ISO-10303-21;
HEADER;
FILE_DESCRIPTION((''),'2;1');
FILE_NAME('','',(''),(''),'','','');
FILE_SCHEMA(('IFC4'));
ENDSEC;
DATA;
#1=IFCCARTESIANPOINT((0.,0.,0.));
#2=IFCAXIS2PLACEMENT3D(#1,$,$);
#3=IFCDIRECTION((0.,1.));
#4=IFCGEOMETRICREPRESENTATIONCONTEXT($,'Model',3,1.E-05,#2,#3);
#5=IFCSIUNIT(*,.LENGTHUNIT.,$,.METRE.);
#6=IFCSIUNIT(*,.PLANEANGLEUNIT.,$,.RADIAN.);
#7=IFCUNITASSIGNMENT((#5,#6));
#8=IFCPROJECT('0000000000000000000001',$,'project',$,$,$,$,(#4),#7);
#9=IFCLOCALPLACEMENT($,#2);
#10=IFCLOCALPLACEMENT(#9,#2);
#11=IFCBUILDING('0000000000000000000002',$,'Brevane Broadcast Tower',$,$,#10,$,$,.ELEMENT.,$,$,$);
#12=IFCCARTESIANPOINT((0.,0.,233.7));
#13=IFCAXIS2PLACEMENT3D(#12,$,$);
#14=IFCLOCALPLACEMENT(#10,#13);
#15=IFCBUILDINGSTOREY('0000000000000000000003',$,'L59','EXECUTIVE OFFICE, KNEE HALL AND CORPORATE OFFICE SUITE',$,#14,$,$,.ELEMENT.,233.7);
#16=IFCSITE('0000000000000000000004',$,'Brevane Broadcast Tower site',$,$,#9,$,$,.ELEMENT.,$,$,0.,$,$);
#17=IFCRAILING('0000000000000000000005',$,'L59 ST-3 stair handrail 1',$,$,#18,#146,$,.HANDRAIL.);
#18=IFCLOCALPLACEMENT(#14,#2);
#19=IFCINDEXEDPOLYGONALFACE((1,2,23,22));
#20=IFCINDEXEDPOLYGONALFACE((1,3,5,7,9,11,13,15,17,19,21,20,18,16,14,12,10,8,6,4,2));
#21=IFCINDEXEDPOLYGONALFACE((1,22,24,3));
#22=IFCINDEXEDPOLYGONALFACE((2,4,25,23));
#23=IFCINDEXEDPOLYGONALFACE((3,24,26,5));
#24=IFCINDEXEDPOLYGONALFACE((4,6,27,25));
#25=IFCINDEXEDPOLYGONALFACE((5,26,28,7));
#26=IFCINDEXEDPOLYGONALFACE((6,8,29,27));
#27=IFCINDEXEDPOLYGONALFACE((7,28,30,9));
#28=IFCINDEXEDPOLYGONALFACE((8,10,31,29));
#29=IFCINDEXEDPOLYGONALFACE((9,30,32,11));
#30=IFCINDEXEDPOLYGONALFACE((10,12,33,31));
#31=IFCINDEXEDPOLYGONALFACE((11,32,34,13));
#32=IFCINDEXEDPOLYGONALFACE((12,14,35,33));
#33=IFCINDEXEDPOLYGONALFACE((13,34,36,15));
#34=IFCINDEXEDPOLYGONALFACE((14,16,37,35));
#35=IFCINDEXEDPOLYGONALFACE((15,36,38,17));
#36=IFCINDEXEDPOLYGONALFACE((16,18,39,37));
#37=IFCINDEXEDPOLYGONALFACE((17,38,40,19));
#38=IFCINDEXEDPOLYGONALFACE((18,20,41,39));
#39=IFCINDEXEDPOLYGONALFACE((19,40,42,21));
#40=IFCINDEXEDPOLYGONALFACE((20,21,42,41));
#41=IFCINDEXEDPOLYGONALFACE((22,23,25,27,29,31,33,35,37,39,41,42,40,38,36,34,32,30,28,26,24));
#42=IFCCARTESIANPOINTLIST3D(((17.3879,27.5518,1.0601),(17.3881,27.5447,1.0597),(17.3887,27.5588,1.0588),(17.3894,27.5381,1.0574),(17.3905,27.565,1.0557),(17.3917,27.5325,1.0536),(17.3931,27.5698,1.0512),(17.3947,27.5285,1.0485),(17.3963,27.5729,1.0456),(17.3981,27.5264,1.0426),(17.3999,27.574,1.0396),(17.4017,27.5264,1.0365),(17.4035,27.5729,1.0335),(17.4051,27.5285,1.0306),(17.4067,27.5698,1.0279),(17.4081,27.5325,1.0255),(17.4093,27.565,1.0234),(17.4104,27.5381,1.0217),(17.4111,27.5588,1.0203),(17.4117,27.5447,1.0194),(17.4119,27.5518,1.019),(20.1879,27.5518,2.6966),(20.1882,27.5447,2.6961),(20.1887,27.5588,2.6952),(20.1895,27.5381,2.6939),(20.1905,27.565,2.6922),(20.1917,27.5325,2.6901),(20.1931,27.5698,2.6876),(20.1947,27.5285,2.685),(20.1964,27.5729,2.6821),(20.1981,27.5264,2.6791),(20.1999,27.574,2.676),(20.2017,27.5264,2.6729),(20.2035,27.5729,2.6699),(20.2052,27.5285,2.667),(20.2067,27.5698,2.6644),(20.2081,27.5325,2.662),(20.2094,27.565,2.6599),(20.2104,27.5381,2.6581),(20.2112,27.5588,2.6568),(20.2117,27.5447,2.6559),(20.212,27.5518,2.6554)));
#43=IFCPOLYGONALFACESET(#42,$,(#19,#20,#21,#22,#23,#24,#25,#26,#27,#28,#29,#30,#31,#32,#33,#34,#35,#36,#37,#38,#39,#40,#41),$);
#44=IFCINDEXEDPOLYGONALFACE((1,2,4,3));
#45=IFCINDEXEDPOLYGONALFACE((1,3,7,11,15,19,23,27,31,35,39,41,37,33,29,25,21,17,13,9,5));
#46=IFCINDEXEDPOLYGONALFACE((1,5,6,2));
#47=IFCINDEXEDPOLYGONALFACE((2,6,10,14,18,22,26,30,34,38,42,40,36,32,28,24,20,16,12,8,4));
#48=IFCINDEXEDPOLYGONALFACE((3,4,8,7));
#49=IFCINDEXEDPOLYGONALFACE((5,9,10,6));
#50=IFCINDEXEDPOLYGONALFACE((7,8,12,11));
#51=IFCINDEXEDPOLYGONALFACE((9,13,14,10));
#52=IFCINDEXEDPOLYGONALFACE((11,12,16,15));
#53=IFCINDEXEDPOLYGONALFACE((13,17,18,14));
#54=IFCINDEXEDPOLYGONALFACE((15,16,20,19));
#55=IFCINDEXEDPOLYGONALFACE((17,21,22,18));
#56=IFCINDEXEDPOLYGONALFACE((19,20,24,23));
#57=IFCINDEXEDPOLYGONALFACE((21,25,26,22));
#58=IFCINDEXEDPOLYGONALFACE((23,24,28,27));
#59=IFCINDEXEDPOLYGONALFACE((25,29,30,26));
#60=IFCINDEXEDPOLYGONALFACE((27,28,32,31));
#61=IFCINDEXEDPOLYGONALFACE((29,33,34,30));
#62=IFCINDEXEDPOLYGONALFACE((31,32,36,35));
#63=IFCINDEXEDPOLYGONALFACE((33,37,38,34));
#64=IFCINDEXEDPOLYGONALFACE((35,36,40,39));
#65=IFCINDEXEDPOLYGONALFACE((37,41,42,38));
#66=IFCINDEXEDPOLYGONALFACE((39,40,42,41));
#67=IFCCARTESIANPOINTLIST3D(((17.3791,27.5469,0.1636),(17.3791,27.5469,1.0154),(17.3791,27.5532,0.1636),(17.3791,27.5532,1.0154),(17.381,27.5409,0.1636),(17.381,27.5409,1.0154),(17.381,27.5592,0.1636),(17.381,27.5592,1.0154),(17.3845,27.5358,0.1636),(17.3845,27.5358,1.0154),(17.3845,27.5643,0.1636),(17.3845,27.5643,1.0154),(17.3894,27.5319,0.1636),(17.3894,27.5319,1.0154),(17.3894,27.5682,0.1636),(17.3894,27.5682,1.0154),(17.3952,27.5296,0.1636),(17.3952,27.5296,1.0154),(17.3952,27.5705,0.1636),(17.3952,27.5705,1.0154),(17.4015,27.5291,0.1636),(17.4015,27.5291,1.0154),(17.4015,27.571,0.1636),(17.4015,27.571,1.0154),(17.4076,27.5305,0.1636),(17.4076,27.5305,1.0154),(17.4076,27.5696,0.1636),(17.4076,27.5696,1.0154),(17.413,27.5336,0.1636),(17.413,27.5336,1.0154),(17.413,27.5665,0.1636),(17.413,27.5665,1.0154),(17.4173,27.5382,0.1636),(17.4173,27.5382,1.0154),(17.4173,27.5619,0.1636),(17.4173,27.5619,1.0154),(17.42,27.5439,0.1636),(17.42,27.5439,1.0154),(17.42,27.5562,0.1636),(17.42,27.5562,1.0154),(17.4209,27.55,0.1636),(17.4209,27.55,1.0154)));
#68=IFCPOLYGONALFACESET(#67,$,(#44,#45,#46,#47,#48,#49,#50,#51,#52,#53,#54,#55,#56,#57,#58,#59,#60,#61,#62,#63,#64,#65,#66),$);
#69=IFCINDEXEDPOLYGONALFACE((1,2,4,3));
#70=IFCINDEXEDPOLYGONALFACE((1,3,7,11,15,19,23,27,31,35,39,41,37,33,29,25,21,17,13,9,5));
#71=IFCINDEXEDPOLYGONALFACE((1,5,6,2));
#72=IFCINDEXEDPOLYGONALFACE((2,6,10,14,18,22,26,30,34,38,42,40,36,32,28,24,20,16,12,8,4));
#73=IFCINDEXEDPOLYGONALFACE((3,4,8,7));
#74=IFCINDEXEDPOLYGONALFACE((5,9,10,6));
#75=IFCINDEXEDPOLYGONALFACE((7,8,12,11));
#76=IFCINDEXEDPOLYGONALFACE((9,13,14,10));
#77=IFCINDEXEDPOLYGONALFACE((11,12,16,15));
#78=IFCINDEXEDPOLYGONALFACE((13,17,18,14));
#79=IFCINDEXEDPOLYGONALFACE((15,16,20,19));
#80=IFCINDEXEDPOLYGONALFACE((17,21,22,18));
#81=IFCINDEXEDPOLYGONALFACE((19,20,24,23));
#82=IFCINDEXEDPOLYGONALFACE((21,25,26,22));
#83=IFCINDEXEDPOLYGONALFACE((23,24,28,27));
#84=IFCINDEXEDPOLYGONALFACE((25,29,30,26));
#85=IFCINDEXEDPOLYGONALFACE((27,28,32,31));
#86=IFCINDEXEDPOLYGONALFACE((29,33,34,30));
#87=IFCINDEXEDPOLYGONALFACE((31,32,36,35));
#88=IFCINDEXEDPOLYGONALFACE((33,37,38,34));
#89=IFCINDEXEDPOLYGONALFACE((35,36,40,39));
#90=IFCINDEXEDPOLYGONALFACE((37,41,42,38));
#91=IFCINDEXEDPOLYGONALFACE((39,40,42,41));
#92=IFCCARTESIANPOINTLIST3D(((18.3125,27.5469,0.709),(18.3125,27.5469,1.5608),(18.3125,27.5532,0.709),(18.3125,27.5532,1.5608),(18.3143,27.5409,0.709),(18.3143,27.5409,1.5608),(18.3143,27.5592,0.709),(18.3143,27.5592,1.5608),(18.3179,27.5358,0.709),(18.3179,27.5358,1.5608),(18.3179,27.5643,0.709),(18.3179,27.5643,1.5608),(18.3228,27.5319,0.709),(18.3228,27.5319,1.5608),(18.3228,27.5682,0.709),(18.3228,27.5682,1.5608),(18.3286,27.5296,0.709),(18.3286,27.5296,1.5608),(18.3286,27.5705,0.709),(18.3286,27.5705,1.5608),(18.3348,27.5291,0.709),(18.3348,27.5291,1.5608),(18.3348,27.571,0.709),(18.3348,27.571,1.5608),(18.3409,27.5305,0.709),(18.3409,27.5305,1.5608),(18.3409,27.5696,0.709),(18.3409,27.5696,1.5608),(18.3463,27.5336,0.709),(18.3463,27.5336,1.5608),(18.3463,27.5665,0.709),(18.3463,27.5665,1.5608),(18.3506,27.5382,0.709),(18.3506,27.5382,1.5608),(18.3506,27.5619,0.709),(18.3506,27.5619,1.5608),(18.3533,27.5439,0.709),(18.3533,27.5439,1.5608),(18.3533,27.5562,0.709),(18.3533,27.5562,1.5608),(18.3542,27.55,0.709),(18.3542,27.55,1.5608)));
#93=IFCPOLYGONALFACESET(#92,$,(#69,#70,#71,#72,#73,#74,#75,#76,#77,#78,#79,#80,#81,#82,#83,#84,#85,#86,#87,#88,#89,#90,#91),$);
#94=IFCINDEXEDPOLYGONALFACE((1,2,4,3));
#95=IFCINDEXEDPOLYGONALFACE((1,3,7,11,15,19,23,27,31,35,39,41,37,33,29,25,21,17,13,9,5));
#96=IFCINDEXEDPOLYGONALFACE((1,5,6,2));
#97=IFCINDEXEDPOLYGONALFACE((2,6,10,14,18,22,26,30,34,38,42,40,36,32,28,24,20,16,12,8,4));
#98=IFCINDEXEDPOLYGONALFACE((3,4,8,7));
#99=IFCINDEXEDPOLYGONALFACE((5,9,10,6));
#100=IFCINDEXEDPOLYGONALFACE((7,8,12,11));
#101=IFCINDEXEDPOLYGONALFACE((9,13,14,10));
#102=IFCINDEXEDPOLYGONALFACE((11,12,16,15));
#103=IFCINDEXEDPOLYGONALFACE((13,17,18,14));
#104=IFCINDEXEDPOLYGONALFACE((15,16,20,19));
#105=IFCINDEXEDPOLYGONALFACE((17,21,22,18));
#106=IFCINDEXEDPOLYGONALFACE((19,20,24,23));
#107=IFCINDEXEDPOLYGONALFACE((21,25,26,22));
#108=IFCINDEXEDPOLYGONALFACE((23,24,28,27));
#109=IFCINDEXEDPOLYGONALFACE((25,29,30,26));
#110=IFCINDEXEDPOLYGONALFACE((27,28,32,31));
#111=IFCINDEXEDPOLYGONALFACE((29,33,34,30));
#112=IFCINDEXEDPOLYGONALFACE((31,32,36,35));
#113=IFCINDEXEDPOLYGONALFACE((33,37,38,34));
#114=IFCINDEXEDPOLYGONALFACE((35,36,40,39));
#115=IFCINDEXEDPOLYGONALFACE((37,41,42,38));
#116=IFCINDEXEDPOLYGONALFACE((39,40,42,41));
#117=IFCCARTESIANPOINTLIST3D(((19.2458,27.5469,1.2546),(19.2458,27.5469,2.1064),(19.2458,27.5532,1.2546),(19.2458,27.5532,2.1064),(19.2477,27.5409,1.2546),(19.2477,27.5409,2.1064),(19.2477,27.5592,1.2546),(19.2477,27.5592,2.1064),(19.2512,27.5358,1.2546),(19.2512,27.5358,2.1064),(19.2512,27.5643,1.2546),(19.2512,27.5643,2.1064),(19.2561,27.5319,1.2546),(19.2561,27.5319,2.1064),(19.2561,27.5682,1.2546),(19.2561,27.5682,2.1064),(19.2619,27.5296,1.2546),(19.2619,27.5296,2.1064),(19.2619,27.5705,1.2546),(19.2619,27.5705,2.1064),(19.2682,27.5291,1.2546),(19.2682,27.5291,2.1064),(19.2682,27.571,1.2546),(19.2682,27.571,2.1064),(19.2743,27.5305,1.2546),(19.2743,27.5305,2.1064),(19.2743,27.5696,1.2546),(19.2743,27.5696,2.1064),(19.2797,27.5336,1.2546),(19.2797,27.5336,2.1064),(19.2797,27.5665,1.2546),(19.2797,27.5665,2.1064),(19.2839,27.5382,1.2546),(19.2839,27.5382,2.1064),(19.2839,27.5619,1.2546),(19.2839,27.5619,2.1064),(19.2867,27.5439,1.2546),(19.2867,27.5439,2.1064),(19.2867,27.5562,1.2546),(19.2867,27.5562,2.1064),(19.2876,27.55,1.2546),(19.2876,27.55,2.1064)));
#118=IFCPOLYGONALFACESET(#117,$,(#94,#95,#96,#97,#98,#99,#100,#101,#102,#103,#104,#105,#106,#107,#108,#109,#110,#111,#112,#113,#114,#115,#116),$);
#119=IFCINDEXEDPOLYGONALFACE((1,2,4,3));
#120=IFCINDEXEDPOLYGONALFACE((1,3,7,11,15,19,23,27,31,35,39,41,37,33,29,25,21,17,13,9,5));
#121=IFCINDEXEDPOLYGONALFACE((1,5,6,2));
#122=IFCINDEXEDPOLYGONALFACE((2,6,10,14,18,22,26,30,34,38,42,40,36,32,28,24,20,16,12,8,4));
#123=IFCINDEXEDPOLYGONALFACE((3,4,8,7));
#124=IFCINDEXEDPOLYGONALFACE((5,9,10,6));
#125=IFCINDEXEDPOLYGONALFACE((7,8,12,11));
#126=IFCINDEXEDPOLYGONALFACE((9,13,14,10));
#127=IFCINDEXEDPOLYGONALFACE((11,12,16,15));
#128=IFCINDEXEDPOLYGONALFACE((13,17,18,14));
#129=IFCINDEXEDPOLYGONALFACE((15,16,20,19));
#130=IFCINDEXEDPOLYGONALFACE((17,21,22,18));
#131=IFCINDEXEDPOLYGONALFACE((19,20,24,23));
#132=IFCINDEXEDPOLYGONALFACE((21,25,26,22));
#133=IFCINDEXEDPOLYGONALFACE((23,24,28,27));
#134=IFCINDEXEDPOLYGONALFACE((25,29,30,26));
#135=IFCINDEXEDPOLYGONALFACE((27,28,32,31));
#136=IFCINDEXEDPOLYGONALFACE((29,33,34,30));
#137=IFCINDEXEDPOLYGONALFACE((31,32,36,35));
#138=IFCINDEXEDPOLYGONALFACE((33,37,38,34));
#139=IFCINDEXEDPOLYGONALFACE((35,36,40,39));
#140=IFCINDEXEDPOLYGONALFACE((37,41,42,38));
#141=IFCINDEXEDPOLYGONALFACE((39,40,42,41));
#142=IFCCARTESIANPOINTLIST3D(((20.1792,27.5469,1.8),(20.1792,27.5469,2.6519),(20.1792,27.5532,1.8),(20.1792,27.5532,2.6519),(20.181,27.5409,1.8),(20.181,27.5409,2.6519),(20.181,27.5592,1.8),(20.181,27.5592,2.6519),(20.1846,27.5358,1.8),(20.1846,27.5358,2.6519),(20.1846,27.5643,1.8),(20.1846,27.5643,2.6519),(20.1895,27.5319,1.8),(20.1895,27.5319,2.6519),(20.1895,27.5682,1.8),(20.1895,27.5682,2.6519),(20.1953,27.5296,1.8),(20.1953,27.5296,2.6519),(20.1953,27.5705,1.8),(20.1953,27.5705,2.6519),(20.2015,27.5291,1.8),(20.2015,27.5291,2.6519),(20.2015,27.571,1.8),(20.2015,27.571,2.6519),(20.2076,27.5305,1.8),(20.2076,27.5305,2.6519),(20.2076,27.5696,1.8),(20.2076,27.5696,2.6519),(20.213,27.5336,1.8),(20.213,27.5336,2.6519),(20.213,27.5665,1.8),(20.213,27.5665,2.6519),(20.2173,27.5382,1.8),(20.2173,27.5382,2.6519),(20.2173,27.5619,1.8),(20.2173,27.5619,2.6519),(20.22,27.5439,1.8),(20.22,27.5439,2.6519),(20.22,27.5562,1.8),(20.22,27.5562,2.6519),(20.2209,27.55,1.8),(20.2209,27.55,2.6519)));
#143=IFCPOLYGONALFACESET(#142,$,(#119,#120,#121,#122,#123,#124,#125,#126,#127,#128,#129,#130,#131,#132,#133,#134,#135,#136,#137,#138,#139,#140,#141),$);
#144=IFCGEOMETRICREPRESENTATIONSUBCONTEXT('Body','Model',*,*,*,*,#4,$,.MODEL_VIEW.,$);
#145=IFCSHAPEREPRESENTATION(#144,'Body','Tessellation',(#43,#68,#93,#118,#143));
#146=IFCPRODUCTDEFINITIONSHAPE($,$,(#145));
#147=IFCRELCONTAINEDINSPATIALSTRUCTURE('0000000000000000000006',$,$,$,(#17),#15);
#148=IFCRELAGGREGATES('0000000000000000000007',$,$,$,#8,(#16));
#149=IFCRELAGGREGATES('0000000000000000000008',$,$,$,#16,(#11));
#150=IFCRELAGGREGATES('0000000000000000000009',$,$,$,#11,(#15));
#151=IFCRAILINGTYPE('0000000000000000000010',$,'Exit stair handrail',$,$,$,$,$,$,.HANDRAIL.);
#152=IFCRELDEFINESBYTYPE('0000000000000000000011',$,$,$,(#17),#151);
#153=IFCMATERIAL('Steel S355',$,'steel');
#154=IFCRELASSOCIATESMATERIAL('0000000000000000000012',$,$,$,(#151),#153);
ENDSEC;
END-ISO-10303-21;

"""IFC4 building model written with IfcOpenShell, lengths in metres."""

from ifc_helpers import new_model, si_unit, direction, frame, origin, origin_2d, place, context, subcontext, project, spatial, circle, extrude, material, type_object, element, save


model = new_model("IFC4")

# Units and contexts
model_context = context("Model", 3, precision=1e-05, world=origin(), true_north=direction((0.0, 1.0)))
body_context = subcontext(model_context, "Body", "Model", "MODEL_VIEW")
ifc_project = project(units=[si_unit("LENGTHUNIT", "METRE"), si_unit("PLANEANGLEUNIT", "RADIAN")], contexts=[model_context])

# Site, building, storey
site_placement = place(None, origin())
site = spatial("IfcSite", under=ifc_project, at=site_placement, Name="Brevane Broadcast Tower site", CompositionType="ELEMENT", RefElevation=0.0)
building_placement = place(site_placement, origin())
building = spatial("IfcBuilding", under=site, at=building_placement, Name="Brevane Broadcast Tower", CompositionType="ELEMENT")
storey_placement = place(building_placement, frame((0.0, 0.0, 233.7)))
storey = spatial("IfcBuildingStorey", under=building, at=storey_placement, Name="L59", Description="EXECUTIVE OFFICE, KNEE HALL AND CORPORATE OFFICE SUITE", CompositionType="ELEMENT", Elevation=233.7)

# Railing
ifc_material_1 = material(Name="Steel S355", Category="steel")
railing_type_1 = type_object("IfcRailingType", Name="Exit stair handrail", PredefinedType="HANDRAIL", material=ifc_material_1)
railing_1_placement = place(storey_placement, frame((17.3999, 27.55, 0.1636)))
element("IfcRailing", 1, at=railing_1_placement, inside=storey, type_object=railing_type_1, Name="L59 ST-3 stair handrail 1", PredefinedType="HANDRAIL", context=body_context, shape_type="SweptSolid", body=[
    extrude(circle(Radius=0.0239, at=origin_2d()), frame((0.0, 0.0, 0.876), z_axis=(0.863361, 0.0, 0.504587), x_axis=(0.0, 1.0, 0.0)), (0.0, 0.0, 1.0), 3.2432),
    extrude(circle(Radius=0.021, at=origin_2d()), origin(), (0.0, 0.0, 1.0), 0.8518),
    extrude(circle(Radius=0.021, at=origin_2d()), frame((0.9333, 0.0, 0.5454)), (0.0, 0.0, 1.0), 0.8518),
    extrude(circle(Radius=0.021, at=origin_2d()), frame((1.8667, 0.0, 1.0911)), (0.0, 0.0, 1.0), 0.8518),
    extrude(circle(Radius=0.021, at=origin_2d()), frame((2.8, 0.0, 1.6365)), (0.0, 0.0, 1.0), 0.8518),
])

save(model, "model.ifc")
